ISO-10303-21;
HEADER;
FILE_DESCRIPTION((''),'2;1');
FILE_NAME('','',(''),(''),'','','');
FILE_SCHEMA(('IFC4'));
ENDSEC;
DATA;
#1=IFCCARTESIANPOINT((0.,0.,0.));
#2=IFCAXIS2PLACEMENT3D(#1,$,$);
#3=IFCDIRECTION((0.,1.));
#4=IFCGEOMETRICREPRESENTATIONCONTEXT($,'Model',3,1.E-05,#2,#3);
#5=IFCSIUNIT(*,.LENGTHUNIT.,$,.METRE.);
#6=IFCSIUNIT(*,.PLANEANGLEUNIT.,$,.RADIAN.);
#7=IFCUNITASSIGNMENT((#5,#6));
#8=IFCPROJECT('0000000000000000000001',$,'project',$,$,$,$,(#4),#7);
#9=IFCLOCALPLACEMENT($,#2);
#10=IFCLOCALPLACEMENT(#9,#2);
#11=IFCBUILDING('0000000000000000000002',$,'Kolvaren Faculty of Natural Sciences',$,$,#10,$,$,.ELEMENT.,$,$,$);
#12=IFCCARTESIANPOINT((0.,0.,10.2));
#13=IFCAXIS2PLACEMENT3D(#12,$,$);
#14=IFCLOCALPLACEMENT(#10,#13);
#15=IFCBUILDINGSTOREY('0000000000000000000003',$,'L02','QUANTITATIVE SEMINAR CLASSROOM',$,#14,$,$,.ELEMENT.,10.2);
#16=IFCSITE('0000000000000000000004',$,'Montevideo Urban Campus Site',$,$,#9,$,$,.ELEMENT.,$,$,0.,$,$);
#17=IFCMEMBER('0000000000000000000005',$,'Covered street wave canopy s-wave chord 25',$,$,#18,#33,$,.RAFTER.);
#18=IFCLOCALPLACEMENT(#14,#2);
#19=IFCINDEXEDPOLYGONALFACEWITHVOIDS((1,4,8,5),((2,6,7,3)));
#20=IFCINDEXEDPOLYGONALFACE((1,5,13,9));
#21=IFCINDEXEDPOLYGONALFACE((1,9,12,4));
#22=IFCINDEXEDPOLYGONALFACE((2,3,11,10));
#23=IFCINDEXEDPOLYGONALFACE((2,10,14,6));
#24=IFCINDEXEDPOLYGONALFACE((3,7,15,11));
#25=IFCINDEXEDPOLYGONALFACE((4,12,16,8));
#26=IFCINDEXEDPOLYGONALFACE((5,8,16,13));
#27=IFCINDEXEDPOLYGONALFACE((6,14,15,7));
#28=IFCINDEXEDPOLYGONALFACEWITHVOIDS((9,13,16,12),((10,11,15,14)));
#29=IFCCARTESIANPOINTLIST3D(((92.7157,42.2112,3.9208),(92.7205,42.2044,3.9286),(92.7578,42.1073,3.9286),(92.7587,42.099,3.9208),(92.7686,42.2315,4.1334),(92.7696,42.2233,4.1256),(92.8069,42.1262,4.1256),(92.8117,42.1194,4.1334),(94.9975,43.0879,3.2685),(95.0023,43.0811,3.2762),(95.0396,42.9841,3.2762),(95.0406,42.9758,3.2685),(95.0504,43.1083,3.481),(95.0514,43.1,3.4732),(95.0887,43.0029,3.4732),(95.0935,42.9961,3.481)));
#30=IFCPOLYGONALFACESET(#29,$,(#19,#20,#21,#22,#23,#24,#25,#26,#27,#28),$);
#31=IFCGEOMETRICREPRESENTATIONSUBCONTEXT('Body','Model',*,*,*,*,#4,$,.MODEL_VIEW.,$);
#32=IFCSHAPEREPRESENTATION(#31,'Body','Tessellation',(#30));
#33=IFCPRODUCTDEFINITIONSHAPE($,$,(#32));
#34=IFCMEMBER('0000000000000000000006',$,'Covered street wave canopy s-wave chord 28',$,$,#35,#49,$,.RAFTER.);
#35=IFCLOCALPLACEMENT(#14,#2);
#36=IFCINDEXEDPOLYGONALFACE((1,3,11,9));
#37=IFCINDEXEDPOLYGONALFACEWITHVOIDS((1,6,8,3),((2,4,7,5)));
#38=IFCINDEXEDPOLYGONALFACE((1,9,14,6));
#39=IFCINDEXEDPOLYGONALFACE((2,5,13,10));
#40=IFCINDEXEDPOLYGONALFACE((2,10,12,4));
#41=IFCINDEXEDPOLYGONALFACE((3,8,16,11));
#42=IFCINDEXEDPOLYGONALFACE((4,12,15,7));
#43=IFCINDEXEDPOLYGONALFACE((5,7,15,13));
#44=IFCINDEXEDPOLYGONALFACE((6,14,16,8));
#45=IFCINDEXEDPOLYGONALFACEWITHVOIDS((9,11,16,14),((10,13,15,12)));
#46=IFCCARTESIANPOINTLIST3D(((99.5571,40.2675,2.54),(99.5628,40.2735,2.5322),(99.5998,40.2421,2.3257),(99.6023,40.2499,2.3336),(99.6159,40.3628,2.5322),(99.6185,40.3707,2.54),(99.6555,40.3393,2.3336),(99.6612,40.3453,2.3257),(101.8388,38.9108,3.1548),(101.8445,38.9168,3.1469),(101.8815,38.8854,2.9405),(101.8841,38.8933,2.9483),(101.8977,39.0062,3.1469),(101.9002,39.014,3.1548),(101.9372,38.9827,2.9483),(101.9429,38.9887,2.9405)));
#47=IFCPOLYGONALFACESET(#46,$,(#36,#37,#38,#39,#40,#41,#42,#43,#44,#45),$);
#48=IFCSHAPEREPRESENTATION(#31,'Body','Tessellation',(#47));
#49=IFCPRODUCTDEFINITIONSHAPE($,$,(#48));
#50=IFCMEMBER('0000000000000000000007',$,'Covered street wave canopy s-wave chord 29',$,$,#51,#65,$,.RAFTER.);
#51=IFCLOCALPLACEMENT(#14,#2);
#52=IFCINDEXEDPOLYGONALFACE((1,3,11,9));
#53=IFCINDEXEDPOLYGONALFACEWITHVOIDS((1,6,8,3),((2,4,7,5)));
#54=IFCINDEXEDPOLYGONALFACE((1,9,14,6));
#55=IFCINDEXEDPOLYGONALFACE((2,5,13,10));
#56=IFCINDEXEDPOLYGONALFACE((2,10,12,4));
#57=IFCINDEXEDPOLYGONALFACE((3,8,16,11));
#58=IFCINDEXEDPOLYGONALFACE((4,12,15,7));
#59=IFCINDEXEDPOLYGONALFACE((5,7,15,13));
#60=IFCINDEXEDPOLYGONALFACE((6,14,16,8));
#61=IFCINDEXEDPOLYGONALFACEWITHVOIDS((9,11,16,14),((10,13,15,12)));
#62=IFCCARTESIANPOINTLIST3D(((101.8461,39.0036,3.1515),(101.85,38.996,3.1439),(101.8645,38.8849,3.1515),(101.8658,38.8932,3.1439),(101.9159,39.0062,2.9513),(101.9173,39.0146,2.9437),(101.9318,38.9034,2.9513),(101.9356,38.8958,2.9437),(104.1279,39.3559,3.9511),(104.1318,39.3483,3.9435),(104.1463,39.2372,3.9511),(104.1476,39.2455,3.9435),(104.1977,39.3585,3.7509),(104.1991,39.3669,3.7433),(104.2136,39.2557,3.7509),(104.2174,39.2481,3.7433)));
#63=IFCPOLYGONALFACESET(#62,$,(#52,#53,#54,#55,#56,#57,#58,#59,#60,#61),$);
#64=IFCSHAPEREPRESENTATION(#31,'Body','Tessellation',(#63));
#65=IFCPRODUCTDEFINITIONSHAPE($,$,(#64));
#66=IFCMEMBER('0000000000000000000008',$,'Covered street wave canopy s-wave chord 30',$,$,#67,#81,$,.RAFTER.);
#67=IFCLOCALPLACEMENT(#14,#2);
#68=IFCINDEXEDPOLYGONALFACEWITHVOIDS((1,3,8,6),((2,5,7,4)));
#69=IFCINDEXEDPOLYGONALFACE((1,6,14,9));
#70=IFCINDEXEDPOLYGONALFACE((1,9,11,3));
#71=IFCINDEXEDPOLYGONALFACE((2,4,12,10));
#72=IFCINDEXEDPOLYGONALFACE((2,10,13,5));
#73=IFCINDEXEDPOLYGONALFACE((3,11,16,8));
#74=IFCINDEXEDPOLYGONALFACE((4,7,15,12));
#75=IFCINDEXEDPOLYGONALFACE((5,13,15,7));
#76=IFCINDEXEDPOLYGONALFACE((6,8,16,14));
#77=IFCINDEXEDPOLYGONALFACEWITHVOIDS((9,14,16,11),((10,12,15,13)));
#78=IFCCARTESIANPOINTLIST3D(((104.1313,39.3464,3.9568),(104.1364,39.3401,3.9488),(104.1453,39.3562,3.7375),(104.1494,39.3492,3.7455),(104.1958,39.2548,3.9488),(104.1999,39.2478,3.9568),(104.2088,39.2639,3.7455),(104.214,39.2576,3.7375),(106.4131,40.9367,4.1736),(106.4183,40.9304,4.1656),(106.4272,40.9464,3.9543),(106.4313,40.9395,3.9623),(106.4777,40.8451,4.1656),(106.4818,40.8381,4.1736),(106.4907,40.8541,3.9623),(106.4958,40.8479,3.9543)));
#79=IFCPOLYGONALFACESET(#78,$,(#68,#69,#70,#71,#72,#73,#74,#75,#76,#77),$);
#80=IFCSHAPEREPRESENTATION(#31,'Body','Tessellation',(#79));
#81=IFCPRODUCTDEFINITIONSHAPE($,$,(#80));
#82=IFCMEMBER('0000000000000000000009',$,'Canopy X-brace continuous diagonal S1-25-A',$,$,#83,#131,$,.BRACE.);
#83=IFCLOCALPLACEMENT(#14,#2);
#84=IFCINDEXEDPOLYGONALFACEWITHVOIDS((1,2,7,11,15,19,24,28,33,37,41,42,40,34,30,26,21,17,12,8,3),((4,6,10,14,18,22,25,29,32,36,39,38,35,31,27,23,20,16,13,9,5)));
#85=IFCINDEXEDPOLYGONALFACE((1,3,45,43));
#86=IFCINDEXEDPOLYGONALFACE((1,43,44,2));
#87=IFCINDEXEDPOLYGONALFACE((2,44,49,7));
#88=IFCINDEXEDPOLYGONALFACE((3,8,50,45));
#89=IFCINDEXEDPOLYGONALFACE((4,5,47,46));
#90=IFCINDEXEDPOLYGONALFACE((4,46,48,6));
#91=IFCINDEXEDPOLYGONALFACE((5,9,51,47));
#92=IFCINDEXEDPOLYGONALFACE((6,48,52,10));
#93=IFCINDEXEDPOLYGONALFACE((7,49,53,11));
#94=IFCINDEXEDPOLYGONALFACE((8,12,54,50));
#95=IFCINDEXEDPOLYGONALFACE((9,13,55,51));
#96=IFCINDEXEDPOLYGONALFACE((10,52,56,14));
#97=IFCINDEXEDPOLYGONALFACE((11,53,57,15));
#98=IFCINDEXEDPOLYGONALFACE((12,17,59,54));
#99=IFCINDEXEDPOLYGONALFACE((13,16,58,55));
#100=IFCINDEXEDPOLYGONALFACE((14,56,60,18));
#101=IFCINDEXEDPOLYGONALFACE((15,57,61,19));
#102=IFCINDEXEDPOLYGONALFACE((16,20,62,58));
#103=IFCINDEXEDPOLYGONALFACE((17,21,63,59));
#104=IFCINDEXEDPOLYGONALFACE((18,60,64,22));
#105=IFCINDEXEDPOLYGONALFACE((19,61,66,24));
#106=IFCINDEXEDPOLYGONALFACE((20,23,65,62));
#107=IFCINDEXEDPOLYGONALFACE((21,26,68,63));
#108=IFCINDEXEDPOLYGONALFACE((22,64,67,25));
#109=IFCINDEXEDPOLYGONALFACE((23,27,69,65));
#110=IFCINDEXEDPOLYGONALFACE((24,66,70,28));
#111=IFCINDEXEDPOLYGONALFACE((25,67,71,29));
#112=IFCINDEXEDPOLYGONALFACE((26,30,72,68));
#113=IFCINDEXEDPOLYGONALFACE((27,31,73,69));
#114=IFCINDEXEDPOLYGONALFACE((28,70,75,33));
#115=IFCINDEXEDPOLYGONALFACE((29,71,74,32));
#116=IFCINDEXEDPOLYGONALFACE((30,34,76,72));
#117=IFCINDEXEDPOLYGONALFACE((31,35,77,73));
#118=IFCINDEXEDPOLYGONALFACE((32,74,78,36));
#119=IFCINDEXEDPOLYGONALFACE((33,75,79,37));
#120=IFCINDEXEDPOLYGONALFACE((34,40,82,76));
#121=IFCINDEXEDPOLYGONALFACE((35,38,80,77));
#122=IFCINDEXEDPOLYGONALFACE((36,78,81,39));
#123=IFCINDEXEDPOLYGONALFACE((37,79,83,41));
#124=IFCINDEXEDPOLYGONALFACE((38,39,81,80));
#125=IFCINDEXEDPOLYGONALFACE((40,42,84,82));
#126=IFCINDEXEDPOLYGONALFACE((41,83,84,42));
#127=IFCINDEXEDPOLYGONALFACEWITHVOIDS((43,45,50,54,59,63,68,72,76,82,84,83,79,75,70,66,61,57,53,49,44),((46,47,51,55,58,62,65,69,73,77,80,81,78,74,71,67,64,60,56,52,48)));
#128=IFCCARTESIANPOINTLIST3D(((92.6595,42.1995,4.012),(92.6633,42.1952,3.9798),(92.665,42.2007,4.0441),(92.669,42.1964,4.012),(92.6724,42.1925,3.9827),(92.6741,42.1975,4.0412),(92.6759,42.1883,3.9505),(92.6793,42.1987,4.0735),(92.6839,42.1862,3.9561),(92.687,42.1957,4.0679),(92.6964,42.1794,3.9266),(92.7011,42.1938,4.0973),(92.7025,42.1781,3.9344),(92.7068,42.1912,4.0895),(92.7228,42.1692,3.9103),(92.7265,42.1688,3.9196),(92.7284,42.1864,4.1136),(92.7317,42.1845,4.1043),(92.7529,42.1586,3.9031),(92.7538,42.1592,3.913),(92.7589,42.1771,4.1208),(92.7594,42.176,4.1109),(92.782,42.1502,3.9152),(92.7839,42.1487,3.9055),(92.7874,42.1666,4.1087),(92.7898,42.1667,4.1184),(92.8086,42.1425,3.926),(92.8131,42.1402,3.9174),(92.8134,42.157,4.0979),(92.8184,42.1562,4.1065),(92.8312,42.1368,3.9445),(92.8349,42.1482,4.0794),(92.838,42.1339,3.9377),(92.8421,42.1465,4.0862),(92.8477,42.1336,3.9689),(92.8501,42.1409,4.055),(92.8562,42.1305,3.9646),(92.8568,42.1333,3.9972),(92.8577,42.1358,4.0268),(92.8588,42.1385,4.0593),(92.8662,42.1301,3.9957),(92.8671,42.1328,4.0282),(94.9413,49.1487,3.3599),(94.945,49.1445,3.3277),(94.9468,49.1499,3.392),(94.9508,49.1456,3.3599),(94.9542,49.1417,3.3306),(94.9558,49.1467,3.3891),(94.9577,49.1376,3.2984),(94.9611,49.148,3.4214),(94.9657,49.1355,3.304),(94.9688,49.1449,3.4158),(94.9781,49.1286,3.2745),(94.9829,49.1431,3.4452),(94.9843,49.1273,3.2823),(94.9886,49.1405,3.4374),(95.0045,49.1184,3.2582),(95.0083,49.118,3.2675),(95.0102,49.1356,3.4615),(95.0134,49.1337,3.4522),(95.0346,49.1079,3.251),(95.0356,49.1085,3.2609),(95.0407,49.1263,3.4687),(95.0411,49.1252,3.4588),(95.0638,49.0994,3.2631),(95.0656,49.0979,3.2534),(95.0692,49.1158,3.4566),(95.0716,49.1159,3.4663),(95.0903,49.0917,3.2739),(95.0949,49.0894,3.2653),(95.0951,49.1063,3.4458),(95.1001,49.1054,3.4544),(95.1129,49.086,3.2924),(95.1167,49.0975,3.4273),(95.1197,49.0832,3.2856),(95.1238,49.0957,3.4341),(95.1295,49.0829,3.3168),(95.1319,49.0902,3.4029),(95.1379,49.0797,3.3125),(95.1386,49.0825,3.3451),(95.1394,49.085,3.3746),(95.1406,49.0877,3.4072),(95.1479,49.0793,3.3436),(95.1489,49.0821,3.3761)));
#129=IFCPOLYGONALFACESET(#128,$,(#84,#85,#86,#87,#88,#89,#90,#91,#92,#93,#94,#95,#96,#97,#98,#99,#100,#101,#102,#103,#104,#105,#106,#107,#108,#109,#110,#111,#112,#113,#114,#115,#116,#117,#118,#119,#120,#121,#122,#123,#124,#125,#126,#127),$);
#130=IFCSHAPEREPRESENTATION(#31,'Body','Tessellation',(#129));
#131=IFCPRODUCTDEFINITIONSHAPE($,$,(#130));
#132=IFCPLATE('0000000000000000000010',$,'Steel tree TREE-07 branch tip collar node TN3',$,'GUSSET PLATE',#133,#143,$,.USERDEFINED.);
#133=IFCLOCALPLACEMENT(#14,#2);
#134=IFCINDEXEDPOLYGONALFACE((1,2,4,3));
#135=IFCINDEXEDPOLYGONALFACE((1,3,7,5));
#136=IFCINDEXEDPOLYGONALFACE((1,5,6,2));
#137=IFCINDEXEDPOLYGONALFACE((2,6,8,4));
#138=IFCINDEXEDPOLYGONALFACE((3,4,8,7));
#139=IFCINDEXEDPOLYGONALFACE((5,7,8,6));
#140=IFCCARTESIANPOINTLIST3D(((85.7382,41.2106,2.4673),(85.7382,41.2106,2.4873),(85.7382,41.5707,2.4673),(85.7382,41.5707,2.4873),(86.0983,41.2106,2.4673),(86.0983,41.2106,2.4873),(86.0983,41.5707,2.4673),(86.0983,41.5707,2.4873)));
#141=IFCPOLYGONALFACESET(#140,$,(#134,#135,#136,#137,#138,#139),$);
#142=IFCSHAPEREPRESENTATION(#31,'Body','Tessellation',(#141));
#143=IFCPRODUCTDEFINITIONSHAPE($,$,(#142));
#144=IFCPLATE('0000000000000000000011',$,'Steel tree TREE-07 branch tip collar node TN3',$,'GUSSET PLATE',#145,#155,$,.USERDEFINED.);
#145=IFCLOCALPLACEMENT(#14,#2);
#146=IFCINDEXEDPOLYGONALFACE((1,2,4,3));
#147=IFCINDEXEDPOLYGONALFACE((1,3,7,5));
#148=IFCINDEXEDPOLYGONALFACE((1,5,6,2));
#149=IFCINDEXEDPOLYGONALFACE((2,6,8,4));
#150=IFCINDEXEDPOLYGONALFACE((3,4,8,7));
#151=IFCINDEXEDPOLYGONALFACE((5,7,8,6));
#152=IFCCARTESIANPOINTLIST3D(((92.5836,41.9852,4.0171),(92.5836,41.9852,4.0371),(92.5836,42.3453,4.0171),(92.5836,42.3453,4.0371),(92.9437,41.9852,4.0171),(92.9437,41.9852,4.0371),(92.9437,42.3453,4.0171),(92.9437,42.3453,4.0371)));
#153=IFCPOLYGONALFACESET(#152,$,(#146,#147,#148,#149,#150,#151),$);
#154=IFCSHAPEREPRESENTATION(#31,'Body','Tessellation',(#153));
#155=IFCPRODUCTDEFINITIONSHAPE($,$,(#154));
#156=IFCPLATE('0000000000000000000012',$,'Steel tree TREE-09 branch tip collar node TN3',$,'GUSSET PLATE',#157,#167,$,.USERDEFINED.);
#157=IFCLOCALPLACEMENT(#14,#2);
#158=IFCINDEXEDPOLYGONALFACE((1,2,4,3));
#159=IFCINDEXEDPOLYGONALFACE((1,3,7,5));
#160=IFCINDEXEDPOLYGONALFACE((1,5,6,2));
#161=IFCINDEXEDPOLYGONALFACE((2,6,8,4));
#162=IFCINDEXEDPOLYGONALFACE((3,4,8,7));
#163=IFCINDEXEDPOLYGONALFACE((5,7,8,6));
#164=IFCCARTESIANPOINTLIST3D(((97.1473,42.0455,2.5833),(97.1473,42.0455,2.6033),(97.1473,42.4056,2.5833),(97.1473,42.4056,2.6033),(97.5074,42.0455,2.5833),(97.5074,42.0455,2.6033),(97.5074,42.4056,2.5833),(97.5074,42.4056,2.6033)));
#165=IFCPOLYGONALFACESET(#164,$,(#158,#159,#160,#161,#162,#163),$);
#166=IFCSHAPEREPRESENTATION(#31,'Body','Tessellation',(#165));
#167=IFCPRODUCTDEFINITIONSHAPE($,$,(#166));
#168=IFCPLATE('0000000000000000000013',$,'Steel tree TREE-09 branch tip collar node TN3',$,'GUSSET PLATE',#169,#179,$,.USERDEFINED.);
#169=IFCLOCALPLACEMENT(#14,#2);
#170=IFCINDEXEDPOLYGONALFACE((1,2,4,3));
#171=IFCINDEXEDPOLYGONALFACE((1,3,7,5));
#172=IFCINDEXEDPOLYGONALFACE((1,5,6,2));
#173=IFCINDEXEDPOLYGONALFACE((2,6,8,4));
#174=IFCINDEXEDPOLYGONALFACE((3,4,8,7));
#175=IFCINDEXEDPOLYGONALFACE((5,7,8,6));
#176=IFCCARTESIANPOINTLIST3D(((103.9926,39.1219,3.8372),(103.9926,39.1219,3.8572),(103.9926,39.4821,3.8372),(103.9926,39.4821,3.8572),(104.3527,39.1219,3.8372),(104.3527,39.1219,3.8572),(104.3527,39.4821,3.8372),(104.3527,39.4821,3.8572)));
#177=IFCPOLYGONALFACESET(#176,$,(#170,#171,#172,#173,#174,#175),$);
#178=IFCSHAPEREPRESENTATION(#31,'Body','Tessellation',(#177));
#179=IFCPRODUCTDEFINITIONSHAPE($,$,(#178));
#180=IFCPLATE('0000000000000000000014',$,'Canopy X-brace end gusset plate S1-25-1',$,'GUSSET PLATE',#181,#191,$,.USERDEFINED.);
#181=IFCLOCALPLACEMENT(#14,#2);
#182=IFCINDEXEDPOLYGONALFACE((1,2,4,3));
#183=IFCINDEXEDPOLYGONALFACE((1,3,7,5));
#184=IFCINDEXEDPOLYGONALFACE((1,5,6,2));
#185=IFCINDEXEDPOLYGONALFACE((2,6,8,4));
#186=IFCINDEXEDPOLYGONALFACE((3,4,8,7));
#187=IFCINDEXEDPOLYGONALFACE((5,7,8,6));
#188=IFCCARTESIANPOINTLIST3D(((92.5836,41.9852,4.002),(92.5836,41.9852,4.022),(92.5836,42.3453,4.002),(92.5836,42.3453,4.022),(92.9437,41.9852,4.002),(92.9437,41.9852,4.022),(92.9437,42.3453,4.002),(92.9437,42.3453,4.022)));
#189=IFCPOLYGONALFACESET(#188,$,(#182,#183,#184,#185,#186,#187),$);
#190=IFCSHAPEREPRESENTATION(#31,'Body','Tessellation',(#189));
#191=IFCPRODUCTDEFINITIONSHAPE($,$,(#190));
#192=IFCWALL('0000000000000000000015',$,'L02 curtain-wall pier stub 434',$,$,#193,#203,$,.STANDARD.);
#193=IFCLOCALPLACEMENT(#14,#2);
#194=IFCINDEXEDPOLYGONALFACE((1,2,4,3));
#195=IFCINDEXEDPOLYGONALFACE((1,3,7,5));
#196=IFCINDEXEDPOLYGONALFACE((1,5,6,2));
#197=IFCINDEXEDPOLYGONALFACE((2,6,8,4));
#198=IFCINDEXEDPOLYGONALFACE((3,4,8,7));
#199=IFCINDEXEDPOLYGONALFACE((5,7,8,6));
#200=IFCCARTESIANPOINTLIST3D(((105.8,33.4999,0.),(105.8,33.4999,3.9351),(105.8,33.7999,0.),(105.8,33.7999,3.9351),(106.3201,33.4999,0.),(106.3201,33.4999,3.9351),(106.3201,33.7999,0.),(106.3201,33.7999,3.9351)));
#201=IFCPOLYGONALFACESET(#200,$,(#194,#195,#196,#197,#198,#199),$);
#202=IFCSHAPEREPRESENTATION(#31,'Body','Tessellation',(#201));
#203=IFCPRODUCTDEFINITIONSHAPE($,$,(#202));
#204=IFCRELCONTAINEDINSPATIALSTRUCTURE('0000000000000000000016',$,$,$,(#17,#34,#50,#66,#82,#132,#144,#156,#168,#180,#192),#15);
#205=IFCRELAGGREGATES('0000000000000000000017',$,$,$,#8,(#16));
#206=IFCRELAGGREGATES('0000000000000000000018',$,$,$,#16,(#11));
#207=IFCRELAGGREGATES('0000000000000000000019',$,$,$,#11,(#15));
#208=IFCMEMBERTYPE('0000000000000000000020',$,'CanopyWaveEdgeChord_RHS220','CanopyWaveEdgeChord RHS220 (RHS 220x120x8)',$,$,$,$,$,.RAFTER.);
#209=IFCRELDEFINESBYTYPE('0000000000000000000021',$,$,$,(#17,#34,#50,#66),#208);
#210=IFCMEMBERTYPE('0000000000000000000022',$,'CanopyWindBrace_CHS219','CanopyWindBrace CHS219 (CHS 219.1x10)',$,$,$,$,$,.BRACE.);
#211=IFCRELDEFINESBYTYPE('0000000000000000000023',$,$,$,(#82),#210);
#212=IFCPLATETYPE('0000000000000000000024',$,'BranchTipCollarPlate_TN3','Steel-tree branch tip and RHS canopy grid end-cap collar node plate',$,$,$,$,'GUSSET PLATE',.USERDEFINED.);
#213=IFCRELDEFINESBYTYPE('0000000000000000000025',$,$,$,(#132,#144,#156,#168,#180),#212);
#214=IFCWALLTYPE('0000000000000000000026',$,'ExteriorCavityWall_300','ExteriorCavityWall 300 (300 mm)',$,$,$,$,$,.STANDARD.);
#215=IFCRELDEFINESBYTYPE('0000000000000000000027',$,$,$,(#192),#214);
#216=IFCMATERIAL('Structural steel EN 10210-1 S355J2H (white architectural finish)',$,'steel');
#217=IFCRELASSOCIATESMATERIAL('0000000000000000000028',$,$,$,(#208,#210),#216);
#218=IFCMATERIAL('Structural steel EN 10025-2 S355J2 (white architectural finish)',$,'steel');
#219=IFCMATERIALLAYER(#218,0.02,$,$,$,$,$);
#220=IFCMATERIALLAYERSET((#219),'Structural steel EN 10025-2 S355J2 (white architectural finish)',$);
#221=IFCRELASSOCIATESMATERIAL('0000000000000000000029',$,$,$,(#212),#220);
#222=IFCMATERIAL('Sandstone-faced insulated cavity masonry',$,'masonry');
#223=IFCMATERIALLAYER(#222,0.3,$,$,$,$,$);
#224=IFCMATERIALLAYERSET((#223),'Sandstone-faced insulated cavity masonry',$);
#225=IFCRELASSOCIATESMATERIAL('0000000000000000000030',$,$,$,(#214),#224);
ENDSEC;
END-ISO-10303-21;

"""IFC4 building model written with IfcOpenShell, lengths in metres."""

from ifc_helpers import new_model, si_unit, direction, frame, frame_2d, origin, origin_2d, place, context, subcontext, project, spatial, rectangle, hollow_rectangle, hollow_circle, extrude, material, layer, layer_set, material_profile, profile_set, type_object, element, save


model = new_model("IFC4")

# Units and contexts
model_context = context("Model", 3, precision=1e-05, world=origin(), true_north=direction((0.0, 1.0)))
body_context = subcontext(model_context, "Body", "Model", "MODEL_VIEW")
ifc_project = project(units=[si_unit("LENGTHUNIT", "METRE"), si_unit("PLANEANGLEUNIT", "RADIAN")], contexts=[model_context])

# Site, building, storey
site_placement = place(None, origin())
site = spatial("IfcSite", under=ifc_project, at=site_placement, Name="Montevideo Urban Campus Site", CompositionType="ELEMENT", RefElevation=0.0)
building_placement = place(site_placement, origin())
building = spatial("IfcBuilding", under=site, at=building_placement, Name="Kolvaren Faculty of Natural Sciences", CompositionType="ELEMENT")
storey_placement = place(building_placement, frame((0.0, 0.0, 10.2)))
storey = spatial("IfcBuildingStorey", under=building, at=storey_placement, Name="L02", Description="QUANTITATIVE SEMINAR CLASSROOM", CompositionType="ELEMENT", Elevation=10.2)

# Members
ifc_material_1 = material(Name="Structural steel EN 10210-1 S355J2H (white architectural finish)", Category="steel")
ifc_material_profile_1 = material_profile(ifc_material_1, hollow_rectangle(XDim=0.1201, YDim=0.22, WallThickness=0.0081, at=origin_2d()), Name="RHS 220x120x8")
ifc_profile_set_1 = profile_set([ifc_material_profile_1], Name="Structural steel EN 10210-1 S355J2H (white architectural finish)")
member_type_1 = type_object("IfcMemberType", Name="CanopyWaveEdgeChord_RHS220", Description="CanopyWaveEdgeChord RHS220 (RHS 220x120x8)", PredefinedType="RAFTER", material=ifc_profile_set_1)
member_1_placement = place(storey_placement, frame((92.7637, 42.1653, 4.0271), z_axis=(0.901901, 0.346536, -0.257851), x_axis=(-0.358664, 0.933467, 0.0)))
element("IfcMember", 1, at=member_1_placement, inside=storey, type_object=member_type_1, Name="Covered street wave canopy s-wave chord 25", PredefinedType="RAFTER", context=body_context, shape_type="SweptSolid", body=[
    extrude(hollow_rectangle(XDim=0.1201, YDim=0.22, WallThickness=0.0081, at=origin_2d()), origin(), (0.0, 0.0, 1.0), 2.53),
])
member_2_placement = place(storey_placement, frame((99.6091, 40.3064, 2.4329), z_axis=(0.837379, -0.497894, 0.225607), x_axis=(0.51107, 0.859539, 0.0)))
element("IfcMember", 2, at=member_2_placement, inside=storey, type_object=member_type_1, Name="Covered street wave canopy s-wave chord 28", PredefinedType="RAFTER", context=body_context, shape_type="SweptSolid", body=[
    extrude(hollow_rectangle(XDim=0.1201, YDim=0.22, WallThickness=0.0081, at=origin_2d()), origin(), (0.0, 0.0, 1.0), 2.7249),
])
member_3_placement = place(storey_placement, frame((101.8909, 38.9497, 3.0476), z_axis=(0.933874, 0.144188, 0.327246), x_axis=(-0.15259, 0.98829, 0.0)))
element("IfcMember", 3, at=member_3_placement, inside=storey, type_object=member_type_1, Name="Covered street wave canopy s-wave chord 29", PredefinedType="RAFTER", context=body_context, shape_type="SweptSolid", body=[
    extrude(hollow_rectangle(XDim=0.1201, YDim=0.22, WallThickness=0.0081, at=origin_2d()), origin(), (0.0, 0.0, 1.0), 2.4434),
])
member_4_placement = place(storey_placement, frame((104.1726, 39.302, 3.8472), z_axis=(0.817941, 0.57003, 0.077707), x_axis=(-0.571759, 0.820422, 0.0)))
element("IfcMember", 4, at=member_4_placement, inside=storey, type_object=member_type_1, Name="Covered street wave canopy s-wave chord 30", PredefinedType="RAFTER", context=body_context, shape_type="SweptSolid", body=[
    extrude(hollow_rectangle(XDim=0.1201, YDim=0.22, WallThickness=0.0081, at=origin_2d()), origin(), (0.0, 0.0, 1.0), 2.7898),
])
ifc_material_profile_2 = material_profile(ifc_material_1, hollow_circle(Radius=0.1096, WallThickness=0.01, at=origin_2d()), Name="CHS 219.1x10")
ifc_profile_set_2 = profile_set([ifc_material_profile_2], Name="Structural steel EN 10210-1 S355J2H (white architectural finish)")
member_type_2 = type_object("IfcMemberType", Name="CanopyWindBrace_CHS219", Description="CanopyWindBrace CHS219 (CHS 219.1x10)", PredefinedType="BRACE", material=ifc_profile_set_2)
member_5_placement = place(storey_placement, frame((92.7637, 42.1653, 4.012), z_axis=(0.310726, 0.946342, -0.088803), x_axis=(-0.950096, 0.311959, 0.0)))
element("IfcMember", 5, at=member_5_placement, inside=storey, type_object=member_type_2, Name="Canopy X-brace continuous diagonal S1-25-A", PredefinedType="BRACE", context=body_context, shape_type="SweptSolid", body=[
    extrude(hollow_circle(Radius=0.1096, WallThickness=0.01, at=origin_2d()), origin(), (0.0, 0.0, 1.0), 7.3433),
])

# Plates
ifc_material_2 = material(Name="Structural steel EN 10025-2 S355J2 (white architectural finish)", Category="steel")
ifc_layer_1 = layer(ifc_material_2, 0.02)
ifc_layer_set_1 = layer_set([ifc_layer_1], Name="Structural steel EN 10025-2 S355J2 (white architectural finish)")
plate_type = type_object("IfcPlateType", Name="BranchTipCollarPlate_TN3", Description="Steel-tree branch tip and RHS canopy grid end-cap collar node plate", ElementType="GUSSET PLATE", PredefinedType="USERDEFINED", material=ifc_layer_set_1)
for number, where, z_axis, x_axis, name in (
    (6, (85.9182, 41.3906, 2.4673), (0.0, 0.0, 1.0), (1.0, 0.0, 0.0), "Steel tree TREE-07 branch tip collar node TN3"),
    (7, (92.7637, 42.1653, 4.0171), (0.0, 0.0, 1.0), (1.0, 0.0, 0.0), "Steel tree TREE-07 branch tip collar node TN3"),
    (8, (97.3274, 42.2256, 2.5833), (0.0, 0.0, 1.0), (1.0, 0.0, 0.0), "Steel tree TREE-09 branch tip collar node TN3"),
    (9, (104.1726, 39.302, 3.8372), (0.0, 0.0, 1.0), (1.0, 0.0, 0.0), "Steel tree TREE-09 branch tip collar node TN3"),
    (10, (92.7637, 42.1653, 4.002), (0.0, 0.0, 1.0), (1.0, 0.0, 0.0), "Canopy X-brace end gusset plate S1-25-1"),
):
    element("IfcPlate", number, at=place(storey_placement, frame(where, z_axis=z_axis, x_axis=x_axis)), inside=storey, type_object=plate_type, Name=name, ObjectType="GUSSET PLATE", PredefinedType="USERDEFINED", context=body_context, shape_type="SweptSolid", body=[
        extrude(rectangle(XDim=0.3601, YDim=0.3601, at=origin_2d()), origin(), (0.0, 0.0, 1.0), 0.02),
    ])

# Wall
ifc_material_3 = material(Name="Sandstone-faced insulated cavity masonry", Category="masonry")
ifc_layer_2 = layer(ifc_material_3, 0.3)
ifc_layer_set_2 = layer_set([ifc_layer_2], Name="Sandstone-faced insulated cavity masonry")
wall_type = type_object("IfcWallType", Name="ExteriorCavityWall_300", Description="ExteriorCavityWall 300 (300 mm)", PredefinedType="STANDARD", material=ifc_layer_set_2)
wall_placement = place(storey_placement, frame((105.8, 33.6499, 0.0), z_axis=(0.0, 0.0, 1.0), x_axis=(1.0, 0.0, 0.0)))
element("IfcWall", 11, at=wall_placement, inside=storey, type_object=wall_type, Name="L02 curtain-wall pier stub 434", PredefinedType="STANDARD", context=body_context, shape_type="SweptSolid", body=[
    extrude(rectangle(XDim=0.52, YDim=0.3, at=frame_2d((0.26, 0.0))), origin(), (0.0, 0.0, 1.0), 3.9351),
])

save(model, "model.ifc")
